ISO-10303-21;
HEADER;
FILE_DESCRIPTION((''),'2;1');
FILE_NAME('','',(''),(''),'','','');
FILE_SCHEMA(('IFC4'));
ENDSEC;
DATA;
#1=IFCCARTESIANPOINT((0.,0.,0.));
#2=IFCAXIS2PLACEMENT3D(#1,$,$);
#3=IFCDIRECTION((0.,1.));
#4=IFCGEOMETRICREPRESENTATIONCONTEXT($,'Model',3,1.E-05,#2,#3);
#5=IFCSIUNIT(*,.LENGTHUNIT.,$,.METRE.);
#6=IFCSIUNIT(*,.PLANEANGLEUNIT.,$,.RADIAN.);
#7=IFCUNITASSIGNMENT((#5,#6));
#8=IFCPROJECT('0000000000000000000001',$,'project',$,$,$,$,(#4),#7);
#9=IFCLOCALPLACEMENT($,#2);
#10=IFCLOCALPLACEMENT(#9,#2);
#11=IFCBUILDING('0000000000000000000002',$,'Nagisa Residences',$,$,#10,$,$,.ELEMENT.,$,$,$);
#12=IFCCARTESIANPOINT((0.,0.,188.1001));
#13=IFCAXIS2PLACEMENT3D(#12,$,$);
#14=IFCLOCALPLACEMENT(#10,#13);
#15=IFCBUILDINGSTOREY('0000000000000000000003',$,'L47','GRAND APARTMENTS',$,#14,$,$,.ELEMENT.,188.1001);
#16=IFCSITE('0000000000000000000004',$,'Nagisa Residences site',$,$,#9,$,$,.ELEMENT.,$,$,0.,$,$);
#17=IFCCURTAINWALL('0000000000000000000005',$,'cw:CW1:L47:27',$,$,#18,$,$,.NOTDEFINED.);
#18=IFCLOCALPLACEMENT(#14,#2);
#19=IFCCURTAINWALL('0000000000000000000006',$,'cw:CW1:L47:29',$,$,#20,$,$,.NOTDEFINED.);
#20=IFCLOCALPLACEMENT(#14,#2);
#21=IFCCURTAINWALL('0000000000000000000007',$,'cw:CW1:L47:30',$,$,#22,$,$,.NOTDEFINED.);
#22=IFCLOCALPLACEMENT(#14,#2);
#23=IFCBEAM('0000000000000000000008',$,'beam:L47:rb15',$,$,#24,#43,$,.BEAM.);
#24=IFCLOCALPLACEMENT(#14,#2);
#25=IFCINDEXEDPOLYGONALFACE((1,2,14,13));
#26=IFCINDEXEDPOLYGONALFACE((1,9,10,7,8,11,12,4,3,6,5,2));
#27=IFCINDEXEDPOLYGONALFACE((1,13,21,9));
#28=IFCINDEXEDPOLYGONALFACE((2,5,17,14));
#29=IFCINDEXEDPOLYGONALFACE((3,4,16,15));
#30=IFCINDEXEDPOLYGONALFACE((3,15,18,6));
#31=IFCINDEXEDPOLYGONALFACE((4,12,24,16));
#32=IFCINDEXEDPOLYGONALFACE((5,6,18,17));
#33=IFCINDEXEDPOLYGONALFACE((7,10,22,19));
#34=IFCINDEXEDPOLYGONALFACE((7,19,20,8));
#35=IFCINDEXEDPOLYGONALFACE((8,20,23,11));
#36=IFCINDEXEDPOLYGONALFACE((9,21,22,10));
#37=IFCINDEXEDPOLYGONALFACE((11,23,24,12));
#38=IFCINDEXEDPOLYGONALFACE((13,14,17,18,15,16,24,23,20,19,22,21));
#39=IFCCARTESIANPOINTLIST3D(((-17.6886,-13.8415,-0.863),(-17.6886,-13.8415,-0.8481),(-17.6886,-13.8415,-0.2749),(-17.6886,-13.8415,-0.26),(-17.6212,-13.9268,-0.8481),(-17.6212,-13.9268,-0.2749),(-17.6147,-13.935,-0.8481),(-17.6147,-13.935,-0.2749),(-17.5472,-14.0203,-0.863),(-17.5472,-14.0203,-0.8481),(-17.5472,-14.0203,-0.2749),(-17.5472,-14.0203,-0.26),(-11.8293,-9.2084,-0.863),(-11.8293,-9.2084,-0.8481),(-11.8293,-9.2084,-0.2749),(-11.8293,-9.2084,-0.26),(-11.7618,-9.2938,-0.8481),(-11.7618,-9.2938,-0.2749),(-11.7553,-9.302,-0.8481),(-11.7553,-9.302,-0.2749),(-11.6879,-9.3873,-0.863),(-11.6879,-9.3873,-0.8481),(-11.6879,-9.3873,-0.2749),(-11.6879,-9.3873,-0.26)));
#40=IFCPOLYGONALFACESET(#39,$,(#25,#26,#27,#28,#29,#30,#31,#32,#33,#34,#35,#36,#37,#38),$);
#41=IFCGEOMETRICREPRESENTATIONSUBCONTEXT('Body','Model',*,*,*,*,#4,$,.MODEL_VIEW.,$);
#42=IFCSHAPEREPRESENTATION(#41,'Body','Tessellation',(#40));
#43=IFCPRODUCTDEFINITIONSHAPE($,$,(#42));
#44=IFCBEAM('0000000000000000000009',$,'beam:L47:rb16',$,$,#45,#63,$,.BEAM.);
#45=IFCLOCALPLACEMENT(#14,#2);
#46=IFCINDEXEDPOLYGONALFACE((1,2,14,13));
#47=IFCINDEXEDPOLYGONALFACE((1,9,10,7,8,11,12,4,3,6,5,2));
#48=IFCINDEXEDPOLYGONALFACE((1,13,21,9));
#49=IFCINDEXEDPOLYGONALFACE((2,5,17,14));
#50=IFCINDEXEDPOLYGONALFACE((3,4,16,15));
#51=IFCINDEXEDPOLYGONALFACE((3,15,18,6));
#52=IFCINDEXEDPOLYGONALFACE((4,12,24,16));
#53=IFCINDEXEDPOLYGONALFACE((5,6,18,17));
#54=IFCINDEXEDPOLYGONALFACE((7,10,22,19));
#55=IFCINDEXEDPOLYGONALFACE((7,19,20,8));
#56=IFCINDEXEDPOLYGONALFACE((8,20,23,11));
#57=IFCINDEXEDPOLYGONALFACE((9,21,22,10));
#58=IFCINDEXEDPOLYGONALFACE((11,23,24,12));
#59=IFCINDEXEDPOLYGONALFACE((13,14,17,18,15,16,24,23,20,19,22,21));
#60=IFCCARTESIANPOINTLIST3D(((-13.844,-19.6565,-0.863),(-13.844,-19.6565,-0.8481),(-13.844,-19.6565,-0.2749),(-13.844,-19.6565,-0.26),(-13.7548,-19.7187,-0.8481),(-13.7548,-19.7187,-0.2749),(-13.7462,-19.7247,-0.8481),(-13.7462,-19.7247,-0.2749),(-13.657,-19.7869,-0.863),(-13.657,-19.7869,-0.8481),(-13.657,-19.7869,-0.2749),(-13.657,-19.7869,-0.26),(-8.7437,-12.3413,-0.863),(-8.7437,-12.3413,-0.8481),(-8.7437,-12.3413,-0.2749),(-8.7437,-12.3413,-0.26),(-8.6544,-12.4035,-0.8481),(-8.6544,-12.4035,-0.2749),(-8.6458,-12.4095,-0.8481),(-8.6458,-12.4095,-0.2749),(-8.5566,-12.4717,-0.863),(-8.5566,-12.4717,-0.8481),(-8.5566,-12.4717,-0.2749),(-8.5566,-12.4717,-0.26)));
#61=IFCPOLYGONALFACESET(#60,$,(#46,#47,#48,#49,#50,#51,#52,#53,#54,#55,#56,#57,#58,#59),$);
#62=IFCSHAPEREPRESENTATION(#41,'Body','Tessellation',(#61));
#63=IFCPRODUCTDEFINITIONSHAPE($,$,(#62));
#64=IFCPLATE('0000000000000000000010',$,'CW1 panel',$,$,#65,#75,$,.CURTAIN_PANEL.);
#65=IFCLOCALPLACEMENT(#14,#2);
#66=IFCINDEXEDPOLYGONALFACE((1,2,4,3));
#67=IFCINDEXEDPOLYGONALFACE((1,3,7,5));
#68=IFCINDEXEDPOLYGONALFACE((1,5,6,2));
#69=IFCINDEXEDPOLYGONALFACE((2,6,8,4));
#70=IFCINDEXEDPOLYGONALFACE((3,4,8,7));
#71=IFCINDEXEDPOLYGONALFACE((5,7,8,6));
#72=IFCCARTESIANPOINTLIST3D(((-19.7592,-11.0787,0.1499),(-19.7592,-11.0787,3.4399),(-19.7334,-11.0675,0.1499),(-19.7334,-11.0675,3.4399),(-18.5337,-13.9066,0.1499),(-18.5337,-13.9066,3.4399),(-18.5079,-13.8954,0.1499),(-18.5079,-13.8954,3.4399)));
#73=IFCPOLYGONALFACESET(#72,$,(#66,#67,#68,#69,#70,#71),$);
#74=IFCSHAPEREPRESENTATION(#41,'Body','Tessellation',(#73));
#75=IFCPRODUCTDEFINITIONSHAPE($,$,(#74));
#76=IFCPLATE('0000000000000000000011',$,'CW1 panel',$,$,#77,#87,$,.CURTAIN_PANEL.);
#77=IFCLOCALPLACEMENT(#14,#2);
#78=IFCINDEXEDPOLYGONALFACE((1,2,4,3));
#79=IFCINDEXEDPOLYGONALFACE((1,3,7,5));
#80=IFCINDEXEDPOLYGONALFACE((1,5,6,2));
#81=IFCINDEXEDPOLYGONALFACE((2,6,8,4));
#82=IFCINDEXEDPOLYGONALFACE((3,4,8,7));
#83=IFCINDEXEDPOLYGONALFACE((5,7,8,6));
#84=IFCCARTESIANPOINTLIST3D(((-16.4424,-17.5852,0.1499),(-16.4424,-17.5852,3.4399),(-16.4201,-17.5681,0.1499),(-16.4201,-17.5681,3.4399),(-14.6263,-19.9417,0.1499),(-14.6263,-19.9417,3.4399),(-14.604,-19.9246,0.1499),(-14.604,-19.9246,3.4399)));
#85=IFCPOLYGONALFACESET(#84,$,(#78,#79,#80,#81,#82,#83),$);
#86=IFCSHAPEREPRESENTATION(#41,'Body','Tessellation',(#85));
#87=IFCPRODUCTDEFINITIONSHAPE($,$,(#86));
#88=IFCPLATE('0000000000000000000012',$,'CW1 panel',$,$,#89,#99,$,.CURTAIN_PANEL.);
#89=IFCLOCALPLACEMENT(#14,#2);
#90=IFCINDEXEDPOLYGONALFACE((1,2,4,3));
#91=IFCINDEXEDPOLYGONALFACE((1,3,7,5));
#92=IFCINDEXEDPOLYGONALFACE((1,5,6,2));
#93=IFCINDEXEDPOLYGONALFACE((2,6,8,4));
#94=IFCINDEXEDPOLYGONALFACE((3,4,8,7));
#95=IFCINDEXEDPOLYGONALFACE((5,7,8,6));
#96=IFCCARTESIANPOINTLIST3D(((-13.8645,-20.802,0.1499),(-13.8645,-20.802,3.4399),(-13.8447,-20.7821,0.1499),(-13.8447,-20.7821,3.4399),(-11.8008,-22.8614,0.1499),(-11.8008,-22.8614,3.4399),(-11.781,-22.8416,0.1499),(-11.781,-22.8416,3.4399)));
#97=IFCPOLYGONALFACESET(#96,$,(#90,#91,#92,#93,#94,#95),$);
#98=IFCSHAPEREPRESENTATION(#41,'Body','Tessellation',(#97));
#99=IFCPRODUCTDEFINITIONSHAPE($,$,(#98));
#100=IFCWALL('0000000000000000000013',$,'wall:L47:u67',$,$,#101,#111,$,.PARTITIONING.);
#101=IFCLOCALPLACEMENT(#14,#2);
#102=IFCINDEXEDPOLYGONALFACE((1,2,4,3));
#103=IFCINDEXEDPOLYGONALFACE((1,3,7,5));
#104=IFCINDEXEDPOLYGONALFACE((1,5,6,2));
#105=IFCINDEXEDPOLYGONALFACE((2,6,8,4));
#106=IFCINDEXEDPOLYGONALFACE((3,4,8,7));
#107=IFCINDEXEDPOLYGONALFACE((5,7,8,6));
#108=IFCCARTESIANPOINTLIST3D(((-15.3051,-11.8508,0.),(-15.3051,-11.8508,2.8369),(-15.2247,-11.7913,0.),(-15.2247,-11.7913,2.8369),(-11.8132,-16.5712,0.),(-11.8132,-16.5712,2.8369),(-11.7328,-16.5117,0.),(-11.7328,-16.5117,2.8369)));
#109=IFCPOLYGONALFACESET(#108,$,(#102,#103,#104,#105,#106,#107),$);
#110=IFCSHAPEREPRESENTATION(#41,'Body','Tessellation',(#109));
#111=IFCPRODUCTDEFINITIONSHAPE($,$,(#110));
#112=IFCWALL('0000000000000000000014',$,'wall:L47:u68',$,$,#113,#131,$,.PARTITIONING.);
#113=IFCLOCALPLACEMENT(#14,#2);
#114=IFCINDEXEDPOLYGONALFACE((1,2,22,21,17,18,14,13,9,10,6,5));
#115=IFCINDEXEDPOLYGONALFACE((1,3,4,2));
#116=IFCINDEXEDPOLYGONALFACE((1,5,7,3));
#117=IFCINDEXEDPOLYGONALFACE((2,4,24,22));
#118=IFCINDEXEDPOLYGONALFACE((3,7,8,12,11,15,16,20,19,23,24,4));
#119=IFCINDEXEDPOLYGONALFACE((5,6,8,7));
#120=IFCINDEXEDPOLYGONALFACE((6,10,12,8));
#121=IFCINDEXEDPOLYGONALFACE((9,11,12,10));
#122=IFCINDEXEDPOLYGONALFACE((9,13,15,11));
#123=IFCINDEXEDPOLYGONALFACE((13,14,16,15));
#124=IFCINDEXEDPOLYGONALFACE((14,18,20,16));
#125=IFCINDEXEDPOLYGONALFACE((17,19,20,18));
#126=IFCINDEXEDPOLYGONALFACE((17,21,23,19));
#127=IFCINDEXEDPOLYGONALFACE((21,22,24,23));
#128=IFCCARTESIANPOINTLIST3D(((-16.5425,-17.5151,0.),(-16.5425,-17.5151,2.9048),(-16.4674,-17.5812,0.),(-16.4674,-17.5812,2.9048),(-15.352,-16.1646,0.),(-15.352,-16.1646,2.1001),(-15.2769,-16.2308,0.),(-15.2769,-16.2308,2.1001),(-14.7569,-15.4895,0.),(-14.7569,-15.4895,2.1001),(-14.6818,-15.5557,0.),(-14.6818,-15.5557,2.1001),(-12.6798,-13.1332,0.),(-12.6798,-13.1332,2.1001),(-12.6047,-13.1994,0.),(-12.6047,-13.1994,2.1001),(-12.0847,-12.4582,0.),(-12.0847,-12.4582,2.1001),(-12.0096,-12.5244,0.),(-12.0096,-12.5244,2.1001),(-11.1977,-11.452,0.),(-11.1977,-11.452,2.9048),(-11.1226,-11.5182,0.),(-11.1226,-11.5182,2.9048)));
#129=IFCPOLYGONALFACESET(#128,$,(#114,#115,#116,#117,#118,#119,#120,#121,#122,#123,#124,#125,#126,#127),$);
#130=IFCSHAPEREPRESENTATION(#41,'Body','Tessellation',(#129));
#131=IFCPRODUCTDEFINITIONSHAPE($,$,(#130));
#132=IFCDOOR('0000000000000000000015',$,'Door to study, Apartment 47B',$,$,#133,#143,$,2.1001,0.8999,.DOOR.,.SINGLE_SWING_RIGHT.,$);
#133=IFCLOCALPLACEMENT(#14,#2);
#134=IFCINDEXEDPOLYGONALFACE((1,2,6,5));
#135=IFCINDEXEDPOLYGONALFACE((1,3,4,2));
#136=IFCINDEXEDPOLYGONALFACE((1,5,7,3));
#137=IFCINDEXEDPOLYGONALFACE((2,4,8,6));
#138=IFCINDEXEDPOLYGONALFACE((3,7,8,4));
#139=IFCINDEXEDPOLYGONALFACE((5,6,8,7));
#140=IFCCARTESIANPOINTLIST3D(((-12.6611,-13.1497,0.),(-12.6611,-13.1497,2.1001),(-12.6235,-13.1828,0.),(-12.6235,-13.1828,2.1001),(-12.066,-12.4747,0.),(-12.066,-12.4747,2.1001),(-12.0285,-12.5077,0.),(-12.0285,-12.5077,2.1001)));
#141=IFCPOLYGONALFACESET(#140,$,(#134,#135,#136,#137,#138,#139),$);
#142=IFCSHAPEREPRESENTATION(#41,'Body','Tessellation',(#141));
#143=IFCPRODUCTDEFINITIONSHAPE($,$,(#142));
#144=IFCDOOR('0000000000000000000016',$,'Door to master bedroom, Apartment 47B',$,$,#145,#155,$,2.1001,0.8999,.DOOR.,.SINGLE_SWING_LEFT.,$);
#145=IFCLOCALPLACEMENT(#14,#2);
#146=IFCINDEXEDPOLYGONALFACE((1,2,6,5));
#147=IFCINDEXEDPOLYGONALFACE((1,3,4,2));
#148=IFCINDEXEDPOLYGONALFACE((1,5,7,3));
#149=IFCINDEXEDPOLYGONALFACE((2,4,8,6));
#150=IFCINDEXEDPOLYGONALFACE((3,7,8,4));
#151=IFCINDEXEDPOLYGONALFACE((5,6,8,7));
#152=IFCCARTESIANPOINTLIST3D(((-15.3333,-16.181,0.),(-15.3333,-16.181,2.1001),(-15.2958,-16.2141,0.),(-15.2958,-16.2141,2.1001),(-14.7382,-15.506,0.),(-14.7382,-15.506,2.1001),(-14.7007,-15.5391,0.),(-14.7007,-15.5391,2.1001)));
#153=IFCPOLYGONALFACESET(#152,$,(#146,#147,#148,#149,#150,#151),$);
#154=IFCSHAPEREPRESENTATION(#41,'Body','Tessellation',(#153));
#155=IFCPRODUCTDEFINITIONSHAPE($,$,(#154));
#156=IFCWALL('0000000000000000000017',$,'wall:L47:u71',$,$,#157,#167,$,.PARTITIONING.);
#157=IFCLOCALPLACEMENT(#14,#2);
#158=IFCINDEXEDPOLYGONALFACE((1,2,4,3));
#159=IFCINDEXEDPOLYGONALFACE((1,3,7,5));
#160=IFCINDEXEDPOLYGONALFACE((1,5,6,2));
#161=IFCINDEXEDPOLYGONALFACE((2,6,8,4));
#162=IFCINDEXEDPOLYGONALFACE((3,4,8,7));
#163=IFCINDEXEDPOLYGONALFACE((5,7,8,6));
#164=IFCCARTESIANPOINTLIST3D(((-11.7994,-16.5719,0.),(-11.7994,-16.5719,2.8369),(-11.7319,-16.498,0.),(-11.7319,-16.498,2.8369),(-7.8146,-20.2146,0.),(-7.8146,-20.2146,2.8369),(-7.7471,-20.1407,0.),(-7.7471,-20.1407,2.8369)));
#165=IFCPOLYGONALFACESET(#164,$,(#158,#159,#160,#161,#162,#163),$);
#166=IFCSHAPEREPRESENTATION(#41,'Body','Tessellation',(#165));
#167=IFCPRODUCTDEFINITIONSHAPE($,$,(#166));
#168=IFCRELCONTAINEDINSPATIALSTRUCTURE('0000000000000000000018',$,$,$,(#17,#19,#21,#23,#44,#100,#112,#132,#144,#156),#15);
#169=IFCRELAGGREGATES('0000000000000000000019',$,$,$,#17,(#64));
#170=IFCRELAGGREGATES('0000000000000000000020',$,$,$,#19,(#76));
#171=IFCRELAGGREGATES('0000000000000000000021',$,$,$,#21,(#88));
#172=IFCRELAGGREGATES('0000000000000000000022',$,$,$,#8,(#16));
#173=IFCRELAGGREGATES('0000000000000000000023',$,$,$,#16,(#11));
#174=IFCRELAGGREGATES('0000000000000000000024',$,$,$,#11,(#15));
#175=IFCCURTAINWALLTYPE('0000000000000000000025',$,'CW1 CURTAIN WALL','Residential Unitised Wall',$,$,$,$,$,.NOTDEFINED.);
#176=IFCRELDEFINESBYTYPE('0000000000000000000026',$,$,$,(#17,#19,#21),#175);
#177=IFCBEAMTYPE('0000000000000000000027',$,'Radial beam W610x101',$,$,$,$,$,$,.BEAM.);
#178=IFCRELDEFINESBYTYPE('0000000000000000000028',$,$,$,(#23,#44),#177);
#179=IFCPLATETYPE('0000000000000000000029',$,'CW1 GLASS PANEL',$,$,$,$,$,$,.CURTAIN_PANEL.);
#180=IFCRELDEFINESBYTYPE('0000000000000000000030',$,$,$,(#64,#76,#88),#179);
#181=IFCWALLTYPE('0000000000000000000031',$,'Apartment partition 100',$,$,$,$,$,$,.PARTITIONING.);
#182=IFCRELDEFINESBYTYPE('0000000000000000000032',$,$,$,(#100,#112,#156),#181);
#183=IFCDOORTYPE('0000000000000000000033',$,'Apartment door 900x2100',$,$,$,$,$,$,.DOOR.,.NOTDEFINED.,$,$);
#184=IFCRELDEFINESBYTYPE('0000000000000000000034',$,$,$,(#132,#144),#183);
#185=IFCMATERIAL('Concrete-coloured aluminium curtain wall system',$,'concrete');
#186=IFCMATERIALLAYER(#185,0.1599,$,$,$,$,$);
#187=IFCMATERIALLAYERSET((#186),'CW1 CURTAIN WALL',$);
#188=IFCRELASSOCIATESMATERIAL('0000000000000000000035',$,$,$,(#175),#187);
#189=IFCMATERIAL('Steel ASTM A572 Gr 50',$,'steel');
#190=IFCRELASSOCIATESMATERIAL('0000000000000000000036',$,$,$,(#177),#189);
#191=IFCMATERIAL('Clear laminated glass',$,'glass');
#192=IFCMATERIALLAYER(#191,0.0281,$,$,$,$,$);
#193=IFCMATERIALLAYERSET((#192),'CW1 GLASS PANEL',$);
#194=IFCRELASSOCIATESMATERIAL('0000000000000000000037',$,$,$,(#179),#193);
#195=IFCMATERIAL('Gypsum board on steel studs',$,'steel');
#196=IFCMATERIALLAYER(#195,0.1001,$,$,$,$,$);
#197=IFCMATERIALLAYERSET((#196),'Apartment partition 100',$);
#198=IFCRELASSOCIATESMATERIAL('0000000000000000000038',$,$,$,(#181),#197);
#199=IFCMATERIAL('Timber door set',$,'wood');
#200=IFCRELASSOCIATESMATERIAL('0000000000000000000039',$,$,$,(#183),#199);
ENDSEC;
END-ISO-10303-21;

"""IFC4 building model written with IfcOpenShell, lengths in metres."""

from ifc_helpers import new_model, si_unit, direction, frame, frame_2d, origin, origin_2d, place, context, subcontext, project, spatial, rectangle, i_section, extrude, material, layer, layer_set, material_profile, profile_set, type_object, element, fill, aggregate, save


model = new_model("IFC4")

# Units and contexts
model_context = context("Model", 3, precision=1e-05, world=origin(), true_north=direction((0.0, 1.0)))
body_context = subcontext(model_context, "Body", "Model", "MODEL_VIEW")
ifc_project = project(units=[si_unit("LENGTHUNIT", "METRE"), si_unit("PLANEANGLEUNIT", "RADIAN")], contexts=[model_context])

# Site, building, storey
site_placement = place(None, origin())
site = spatial("IfcSite", under=ifc_project, at=site_placement, Name="Nagisa Residences site", CompositionType="ELEMENT", RefElevation=0.0)
building_placement = place(site_placement, origin())
building = spatial("IfcBuilding", under=site, at=building_placement, Name="Nagisa Residences", CompositionType="ELEMENT")
storey_placement = place(building_placement, frame((0.0, 0.0, 188.1001)))
storey = spatial("IfcBuildingStorey", under=building, at=storey_placement, Name="L47", Description="GRAND APARTMENTS", CompositionType="ELEMENT", Elevation=188.1001)

# Curtain walls
ifc_material_1 = material(Name="Concrete-coloured aluminium curtain wall system", Category="concrete")
ifc_layer_1 = layer(ifc_material_1, 0.1599)
ifc_layer_set_1 = layer_set([ifc_layer_1], Name="CW1 CURTAIN WALL")
curtain_wall_type = type_object("IfcCurtainWallType", Name="CW1 CURTAIN WALL", Description="Residential Unitised Wall", PredefinedType="NOTDEFINED", material=ifc_layer_set_1)
curtain_wall_1_placement = place(storey_placement, origin())
curtain_wall_1 = element("IfcCurtainWall", 1, at=curtain_wall_1_placement, inside=storey, type_object=curtain_wall_type, Name="cw:CW1:L47:27", PredefinedType="NOTDEFINED")
curtain_wall_2_placement = place(storey_placement, origin())
curtain_wall_2 = element("IfcCurtainWall", 2, at=curtain_wall_2_placement, inside=storey, type_object=curtain_wall_type, Name="cw:CW1:L47:29", PredefinedType="NOTDEFINED")
curtain_wall_3_placement = place(storey_placement, origin())
curtain_wall_3 = element("IfcCurtainWall", 3, at=curtain_wall_3_placement, inside=storey, type_object=curtain_wall_type, Name="cw:CW1:L47:30", PredefinedType="NOTDEFINED")

# Beams
ifc_material_2 = material(Name="Steel ASTM A572 Gr 50", Category="steel")
ifc_material_profile_1 = material_profile(ifc_material_2, i_section(OverallWidth=0.228, OverallDepth=0.603, WebThickness=0.0105, FlangeThickness=0.0149, at=origin_2d()), Name="W610x101")
ifc_profile_set_1 = profile_set([ifc_material_profile_1], Name="Steel ASTM A572 Gr 50")
beam_type_1 = type_object("IfcBeamType", Name="Radial beam W610x101", PredefinedType="BEAM", material=ifc_profile_set_1)
beam_1_placement = place(storey_placement, frame((-17.6179, -13.9309, -0.5615), z_axis=(0.784412, 0.620241, 0.0), x_axis=(-0.620241, 0.784412, 0.0)))
element("IfcBeam", 4, at=beam_1_placement, inside=storey, type_object=beam_type_1, Name="beam:L47:rb15", PredefinedType="BEAM", context=body_context, shape_type="SweptSolid", body=[
    extrude(i_section(OverallWidth=0.228, OverallDepth=0.603, WebThickness=0.0105, FlangeThickness=0.0149, at=origin_2d()), origin(), (0.0, 0.0, 1.0), 7.4697),
])
beam_2_placement = place(storey_placement, frame((-13.7505, -19.7217, -0.5615), z_axis=(0.571934, 0.820299, 0.0), x_axis=(-0.820299, 0.571934, 0.0)))
element("IfcBeam", 5, at=beam_2_placement, inside=storey, type_object=beam_type_1, Name="beam:L47:rb16", PredefinedType="BEAM", context=body_context, shape_type="SweptSolid", body=[
    extrude(i_section(OverallWidth=0.228, OverallDepth=0.603, WebThickness=0.0105, FlangeThickness=0.0149, at=origin_2d()), origin(), (0.0, 0.0, 1.0), 8.9177),
])

# Plates
ifc_material_3 = material(Name="Clear laminated glass", Category="glass")
ifc_layer_2 = layer(ifc_material_3, 0.0281)
ifc_layer_set_2 = layer_set([ifc_layer_2], Name="CW1 GLASS PANEL")
plate_type = type_object("IfcPlateType", Name="CW1 GLASS PANEL", PredefinedType="CURTAIN_PANEL", material=ifc_layer_set_2)
plate_1_placement = place(storey_placement, frame((-19.1335, -12.4871, 0.1499), z_axis=(0.0, 0.0, 1.0), x_axis=(0.397636, -0.917543, 0.0)))
plate_1 = element("IfcPlate", 6, at=plate_1_placement, type_object=plate_type, Name="CW1 panel", PredefinedType="CURTAIN_PANEL", context=body_context, shape_type="SweptSolid", body=[
    extrude(rectangle(XDim=3.082, YDim=0.0281, at=origin_2d()), origin(), (0.0, 0.0, 1.0), 3.29),
])
aggregate(curtain_wall_1, [plate_1])
plate_2_placement = place(storey_placement, frame((-15.5232, -18.7549, 0.1499), z_axis=(0.0, 0.0, 1.0), x_axis=(0.61043, -0.79207, 0.0)))
plate_2 = element("IfcPlate", 7, at=plate_2_placement, type_object=plate_type, Name="CW1 panel", PredefinedType="CURTAIN_PANEL", context=body_context, shape_type="SweptSolid", body=[
    extrude(rectangle(XDim=2.9751, YDim=0.0281, at=origin_2d()), origin(), (0.0, 0.0, 1.0), 3.29),
])
aggregate(curtain_wall_2, [plate_2])
plate_3_placement = place(storey_placement, frame((-12.8228, -21.8218, 0.1499), z_axis=(0.0, 0.0, 1.0), x_axis=(0.707836, -0.706377, 0.0)))
plate_3 = element("IfcPlate", 8, at=plate_3_placement, type_object=plate_type, Name="CW1 panel", PredefinedType="CURTAIN_PANEL", context=body_context, shape_type="SweptSolid", body=[
    extrude(rectangle(XDim=2.9155, YDim=0.0281, at=origin_2d()), origin(), (0.0, 0.0, 1.0), 3.29),
])
aggregate(curtain_wall_3, [plate_3])

# Wall
ifc_material_4 = material(Name="Gypsum board on steel studs", Category="steel")
ifc_layer_3 = layer(ifc_material_4, 0.1001)
ifc_layer_set_3 = layer_set([ifc_layer_3], Name="Apartment partition 100")
wall_type_1 = type_object("IfcWallType", Name="Apartment partition 100", PredefinedType="PARTITIONING", material=ifc_layer_set_3)
wall_1_placement = place(storey_placement, frame((-15.2649, -11.821, 0.0), z_axis=(0.0, 0.0, 1.0), x_axis=(0.594711, -0.803939, 0.0)))
element("IfcWall", 9, at=wall_1_placement, inside=storey, type_object=wall_type_1, Name="wall:L47:u67", PredefinedType="PARTITIONING", context=body_context, shape_type="SweptSolid", body=[
    extrude(rectangle(XDim=5.8716, YDim=0.1001, at=frame_2d((2.9358, 0.0))), origin(), (0.0, 0.0, 1.0), 2.8369),
])

# Wall, openings, doors
wall_2_placement = place(storey_placement, frame((-11.1602, -11.4851, 0.0), z_axis=(0.0, 0.0, 1.0), x_axis=(-0.661276, -0.750143, 0.0)))
wall_2 = element("IfcWall", 10, at=wall_2_placement, inside=storey, type_object=wall_type_1, Name="wall:L47:u68", PredefinedType="PARTITIONING", context=body_context, shape_type="SweptSolid", body=[
    extrude(rectangle(XDim=8.0825, YDim=0.1001, at=frame_2d((4.0413, 0.0))), origin(), (0.0, 0.0, 1.0), 2.9048),
])
opening_1_placement = place(wall_2_placement, frame((1.3413, 0.0, 0.0)))
opening_1 = element("IfcOpeningElement", 11, at=opening_1_placement, cuts=wall_2, PredefinedType="OPENING", context=body_context, shape_type="SweptSolid", body=[
    extrude(rectangle(XDim=0.8999, YDim=2.1001, at=frame_2d((0.45, 1.05))), frame((0.0, 0.0601, 0.0), z_axis=(0.0, -1.0, 0.0), x_axis=(1.0, 0.0, 0.0)), (0.0, 0.0, 1.0), 0.1201),
])
opening_2_placement = place(wall_2_placement, frame((5.3823, 0.0, 0.0)))
opening_2 = element("IfcOpeningElement", 12, at=opening_2_placement, cuts=wall_2, PredefinedType="OPENING", context=body_context, shape_type="SweptSolid", body=[
    extrude(rectangle(XDim=0.8999, YDim=2.1001, at=frame_2d((0.45, 1.05))), frame((0.0, 0.0601, 0.0), z_axis=(0.0, -1.0, 0.0), x_axis=(1.0, 0.0, 0.0)), (0.0, 0.0, 1.0), 0.1201),
])
ifc_material_5 = material(Name="Timber door set", Category="wood")
door_type_1 = type_object("IfcDoorType", Name="Apartment door 900x2100", OperationType="NOTDEFINED", PredefinedType="DOOR", material=ifc_material_5)
door_1_placement = place(opening_1_placement, origin())
door_1 = element("IfcDoor", 13, at=door_1_placement, inside=storey, type_object=door_type_1, Name="Door to study, Apartment 47B", OperationType="SINGLE_SWING_RIGHT", OverallHeight=2.1001, OverallWidth=0.8999, PredefinedType="DOOR", context=body_context, shape_type="SweptSolid", body=[
    extrude(rectangle(XDim=0.8999, YDim=2.1001, at=frame_2d((0.45, 1.05))), frame((0.0, 0.0249, 0.0), z_axis=(0.0, -1.0, 0.0), x_axis=(1.0, 0.0, 0.0)), (0.0, 0.0, 1.0), 0.05),
])
fill(opening_1, door_1)
door_2_placement = place(opening_2_placement, origin())
door_2 = element("IfcDoor", 14, at=door_2_placement, inside=storey, type_object=door_type_1, Name="Door to master bedroom, Apartment 47B", OperationType="SINGLE_SWING_LEFT", OverallHeight=2.1001, OverallWidth=0.8999, PredefinedType="DOOR", context=body_context, shape_type="SweptSolid", body=[
    extrude(rectangle(XDim=0.8999, YDim=2.1001, at=frame_2d((0.45, 1.05))), frame((0.0, 0.0249, 0.0), z_axis=(0.0, -1.0, 0.0), x_axis=(1.0, 0.0, 0.0)), (0.0, 0.0, 1.0), 0.05),
])
fill(opening_2, door_2)

# Wall
wall_3_placement = place(storey_placement, frame((-11.7656, -16.5349, 0.0), z_axis=(0.0, 0.0, 1.0), x_axis=(0.738073, -0.674721, 0.0)))
element("IfcWall", 15, at=wall_3_placement, inside=storey, type_object=wall_type_1, Name="wall:L47:u71", PredefinedType="PARTITIONING", context=body_context, shape_type="SweptSolid", body=[
    extrude(rectangle(XDim=5.3989, YDim=0.1001, at=frame_2d((2.6995, 0.0))), origin(), (0.0, 0.0, 1.0), 2.8369),
])

save(model, "model.ifc")
